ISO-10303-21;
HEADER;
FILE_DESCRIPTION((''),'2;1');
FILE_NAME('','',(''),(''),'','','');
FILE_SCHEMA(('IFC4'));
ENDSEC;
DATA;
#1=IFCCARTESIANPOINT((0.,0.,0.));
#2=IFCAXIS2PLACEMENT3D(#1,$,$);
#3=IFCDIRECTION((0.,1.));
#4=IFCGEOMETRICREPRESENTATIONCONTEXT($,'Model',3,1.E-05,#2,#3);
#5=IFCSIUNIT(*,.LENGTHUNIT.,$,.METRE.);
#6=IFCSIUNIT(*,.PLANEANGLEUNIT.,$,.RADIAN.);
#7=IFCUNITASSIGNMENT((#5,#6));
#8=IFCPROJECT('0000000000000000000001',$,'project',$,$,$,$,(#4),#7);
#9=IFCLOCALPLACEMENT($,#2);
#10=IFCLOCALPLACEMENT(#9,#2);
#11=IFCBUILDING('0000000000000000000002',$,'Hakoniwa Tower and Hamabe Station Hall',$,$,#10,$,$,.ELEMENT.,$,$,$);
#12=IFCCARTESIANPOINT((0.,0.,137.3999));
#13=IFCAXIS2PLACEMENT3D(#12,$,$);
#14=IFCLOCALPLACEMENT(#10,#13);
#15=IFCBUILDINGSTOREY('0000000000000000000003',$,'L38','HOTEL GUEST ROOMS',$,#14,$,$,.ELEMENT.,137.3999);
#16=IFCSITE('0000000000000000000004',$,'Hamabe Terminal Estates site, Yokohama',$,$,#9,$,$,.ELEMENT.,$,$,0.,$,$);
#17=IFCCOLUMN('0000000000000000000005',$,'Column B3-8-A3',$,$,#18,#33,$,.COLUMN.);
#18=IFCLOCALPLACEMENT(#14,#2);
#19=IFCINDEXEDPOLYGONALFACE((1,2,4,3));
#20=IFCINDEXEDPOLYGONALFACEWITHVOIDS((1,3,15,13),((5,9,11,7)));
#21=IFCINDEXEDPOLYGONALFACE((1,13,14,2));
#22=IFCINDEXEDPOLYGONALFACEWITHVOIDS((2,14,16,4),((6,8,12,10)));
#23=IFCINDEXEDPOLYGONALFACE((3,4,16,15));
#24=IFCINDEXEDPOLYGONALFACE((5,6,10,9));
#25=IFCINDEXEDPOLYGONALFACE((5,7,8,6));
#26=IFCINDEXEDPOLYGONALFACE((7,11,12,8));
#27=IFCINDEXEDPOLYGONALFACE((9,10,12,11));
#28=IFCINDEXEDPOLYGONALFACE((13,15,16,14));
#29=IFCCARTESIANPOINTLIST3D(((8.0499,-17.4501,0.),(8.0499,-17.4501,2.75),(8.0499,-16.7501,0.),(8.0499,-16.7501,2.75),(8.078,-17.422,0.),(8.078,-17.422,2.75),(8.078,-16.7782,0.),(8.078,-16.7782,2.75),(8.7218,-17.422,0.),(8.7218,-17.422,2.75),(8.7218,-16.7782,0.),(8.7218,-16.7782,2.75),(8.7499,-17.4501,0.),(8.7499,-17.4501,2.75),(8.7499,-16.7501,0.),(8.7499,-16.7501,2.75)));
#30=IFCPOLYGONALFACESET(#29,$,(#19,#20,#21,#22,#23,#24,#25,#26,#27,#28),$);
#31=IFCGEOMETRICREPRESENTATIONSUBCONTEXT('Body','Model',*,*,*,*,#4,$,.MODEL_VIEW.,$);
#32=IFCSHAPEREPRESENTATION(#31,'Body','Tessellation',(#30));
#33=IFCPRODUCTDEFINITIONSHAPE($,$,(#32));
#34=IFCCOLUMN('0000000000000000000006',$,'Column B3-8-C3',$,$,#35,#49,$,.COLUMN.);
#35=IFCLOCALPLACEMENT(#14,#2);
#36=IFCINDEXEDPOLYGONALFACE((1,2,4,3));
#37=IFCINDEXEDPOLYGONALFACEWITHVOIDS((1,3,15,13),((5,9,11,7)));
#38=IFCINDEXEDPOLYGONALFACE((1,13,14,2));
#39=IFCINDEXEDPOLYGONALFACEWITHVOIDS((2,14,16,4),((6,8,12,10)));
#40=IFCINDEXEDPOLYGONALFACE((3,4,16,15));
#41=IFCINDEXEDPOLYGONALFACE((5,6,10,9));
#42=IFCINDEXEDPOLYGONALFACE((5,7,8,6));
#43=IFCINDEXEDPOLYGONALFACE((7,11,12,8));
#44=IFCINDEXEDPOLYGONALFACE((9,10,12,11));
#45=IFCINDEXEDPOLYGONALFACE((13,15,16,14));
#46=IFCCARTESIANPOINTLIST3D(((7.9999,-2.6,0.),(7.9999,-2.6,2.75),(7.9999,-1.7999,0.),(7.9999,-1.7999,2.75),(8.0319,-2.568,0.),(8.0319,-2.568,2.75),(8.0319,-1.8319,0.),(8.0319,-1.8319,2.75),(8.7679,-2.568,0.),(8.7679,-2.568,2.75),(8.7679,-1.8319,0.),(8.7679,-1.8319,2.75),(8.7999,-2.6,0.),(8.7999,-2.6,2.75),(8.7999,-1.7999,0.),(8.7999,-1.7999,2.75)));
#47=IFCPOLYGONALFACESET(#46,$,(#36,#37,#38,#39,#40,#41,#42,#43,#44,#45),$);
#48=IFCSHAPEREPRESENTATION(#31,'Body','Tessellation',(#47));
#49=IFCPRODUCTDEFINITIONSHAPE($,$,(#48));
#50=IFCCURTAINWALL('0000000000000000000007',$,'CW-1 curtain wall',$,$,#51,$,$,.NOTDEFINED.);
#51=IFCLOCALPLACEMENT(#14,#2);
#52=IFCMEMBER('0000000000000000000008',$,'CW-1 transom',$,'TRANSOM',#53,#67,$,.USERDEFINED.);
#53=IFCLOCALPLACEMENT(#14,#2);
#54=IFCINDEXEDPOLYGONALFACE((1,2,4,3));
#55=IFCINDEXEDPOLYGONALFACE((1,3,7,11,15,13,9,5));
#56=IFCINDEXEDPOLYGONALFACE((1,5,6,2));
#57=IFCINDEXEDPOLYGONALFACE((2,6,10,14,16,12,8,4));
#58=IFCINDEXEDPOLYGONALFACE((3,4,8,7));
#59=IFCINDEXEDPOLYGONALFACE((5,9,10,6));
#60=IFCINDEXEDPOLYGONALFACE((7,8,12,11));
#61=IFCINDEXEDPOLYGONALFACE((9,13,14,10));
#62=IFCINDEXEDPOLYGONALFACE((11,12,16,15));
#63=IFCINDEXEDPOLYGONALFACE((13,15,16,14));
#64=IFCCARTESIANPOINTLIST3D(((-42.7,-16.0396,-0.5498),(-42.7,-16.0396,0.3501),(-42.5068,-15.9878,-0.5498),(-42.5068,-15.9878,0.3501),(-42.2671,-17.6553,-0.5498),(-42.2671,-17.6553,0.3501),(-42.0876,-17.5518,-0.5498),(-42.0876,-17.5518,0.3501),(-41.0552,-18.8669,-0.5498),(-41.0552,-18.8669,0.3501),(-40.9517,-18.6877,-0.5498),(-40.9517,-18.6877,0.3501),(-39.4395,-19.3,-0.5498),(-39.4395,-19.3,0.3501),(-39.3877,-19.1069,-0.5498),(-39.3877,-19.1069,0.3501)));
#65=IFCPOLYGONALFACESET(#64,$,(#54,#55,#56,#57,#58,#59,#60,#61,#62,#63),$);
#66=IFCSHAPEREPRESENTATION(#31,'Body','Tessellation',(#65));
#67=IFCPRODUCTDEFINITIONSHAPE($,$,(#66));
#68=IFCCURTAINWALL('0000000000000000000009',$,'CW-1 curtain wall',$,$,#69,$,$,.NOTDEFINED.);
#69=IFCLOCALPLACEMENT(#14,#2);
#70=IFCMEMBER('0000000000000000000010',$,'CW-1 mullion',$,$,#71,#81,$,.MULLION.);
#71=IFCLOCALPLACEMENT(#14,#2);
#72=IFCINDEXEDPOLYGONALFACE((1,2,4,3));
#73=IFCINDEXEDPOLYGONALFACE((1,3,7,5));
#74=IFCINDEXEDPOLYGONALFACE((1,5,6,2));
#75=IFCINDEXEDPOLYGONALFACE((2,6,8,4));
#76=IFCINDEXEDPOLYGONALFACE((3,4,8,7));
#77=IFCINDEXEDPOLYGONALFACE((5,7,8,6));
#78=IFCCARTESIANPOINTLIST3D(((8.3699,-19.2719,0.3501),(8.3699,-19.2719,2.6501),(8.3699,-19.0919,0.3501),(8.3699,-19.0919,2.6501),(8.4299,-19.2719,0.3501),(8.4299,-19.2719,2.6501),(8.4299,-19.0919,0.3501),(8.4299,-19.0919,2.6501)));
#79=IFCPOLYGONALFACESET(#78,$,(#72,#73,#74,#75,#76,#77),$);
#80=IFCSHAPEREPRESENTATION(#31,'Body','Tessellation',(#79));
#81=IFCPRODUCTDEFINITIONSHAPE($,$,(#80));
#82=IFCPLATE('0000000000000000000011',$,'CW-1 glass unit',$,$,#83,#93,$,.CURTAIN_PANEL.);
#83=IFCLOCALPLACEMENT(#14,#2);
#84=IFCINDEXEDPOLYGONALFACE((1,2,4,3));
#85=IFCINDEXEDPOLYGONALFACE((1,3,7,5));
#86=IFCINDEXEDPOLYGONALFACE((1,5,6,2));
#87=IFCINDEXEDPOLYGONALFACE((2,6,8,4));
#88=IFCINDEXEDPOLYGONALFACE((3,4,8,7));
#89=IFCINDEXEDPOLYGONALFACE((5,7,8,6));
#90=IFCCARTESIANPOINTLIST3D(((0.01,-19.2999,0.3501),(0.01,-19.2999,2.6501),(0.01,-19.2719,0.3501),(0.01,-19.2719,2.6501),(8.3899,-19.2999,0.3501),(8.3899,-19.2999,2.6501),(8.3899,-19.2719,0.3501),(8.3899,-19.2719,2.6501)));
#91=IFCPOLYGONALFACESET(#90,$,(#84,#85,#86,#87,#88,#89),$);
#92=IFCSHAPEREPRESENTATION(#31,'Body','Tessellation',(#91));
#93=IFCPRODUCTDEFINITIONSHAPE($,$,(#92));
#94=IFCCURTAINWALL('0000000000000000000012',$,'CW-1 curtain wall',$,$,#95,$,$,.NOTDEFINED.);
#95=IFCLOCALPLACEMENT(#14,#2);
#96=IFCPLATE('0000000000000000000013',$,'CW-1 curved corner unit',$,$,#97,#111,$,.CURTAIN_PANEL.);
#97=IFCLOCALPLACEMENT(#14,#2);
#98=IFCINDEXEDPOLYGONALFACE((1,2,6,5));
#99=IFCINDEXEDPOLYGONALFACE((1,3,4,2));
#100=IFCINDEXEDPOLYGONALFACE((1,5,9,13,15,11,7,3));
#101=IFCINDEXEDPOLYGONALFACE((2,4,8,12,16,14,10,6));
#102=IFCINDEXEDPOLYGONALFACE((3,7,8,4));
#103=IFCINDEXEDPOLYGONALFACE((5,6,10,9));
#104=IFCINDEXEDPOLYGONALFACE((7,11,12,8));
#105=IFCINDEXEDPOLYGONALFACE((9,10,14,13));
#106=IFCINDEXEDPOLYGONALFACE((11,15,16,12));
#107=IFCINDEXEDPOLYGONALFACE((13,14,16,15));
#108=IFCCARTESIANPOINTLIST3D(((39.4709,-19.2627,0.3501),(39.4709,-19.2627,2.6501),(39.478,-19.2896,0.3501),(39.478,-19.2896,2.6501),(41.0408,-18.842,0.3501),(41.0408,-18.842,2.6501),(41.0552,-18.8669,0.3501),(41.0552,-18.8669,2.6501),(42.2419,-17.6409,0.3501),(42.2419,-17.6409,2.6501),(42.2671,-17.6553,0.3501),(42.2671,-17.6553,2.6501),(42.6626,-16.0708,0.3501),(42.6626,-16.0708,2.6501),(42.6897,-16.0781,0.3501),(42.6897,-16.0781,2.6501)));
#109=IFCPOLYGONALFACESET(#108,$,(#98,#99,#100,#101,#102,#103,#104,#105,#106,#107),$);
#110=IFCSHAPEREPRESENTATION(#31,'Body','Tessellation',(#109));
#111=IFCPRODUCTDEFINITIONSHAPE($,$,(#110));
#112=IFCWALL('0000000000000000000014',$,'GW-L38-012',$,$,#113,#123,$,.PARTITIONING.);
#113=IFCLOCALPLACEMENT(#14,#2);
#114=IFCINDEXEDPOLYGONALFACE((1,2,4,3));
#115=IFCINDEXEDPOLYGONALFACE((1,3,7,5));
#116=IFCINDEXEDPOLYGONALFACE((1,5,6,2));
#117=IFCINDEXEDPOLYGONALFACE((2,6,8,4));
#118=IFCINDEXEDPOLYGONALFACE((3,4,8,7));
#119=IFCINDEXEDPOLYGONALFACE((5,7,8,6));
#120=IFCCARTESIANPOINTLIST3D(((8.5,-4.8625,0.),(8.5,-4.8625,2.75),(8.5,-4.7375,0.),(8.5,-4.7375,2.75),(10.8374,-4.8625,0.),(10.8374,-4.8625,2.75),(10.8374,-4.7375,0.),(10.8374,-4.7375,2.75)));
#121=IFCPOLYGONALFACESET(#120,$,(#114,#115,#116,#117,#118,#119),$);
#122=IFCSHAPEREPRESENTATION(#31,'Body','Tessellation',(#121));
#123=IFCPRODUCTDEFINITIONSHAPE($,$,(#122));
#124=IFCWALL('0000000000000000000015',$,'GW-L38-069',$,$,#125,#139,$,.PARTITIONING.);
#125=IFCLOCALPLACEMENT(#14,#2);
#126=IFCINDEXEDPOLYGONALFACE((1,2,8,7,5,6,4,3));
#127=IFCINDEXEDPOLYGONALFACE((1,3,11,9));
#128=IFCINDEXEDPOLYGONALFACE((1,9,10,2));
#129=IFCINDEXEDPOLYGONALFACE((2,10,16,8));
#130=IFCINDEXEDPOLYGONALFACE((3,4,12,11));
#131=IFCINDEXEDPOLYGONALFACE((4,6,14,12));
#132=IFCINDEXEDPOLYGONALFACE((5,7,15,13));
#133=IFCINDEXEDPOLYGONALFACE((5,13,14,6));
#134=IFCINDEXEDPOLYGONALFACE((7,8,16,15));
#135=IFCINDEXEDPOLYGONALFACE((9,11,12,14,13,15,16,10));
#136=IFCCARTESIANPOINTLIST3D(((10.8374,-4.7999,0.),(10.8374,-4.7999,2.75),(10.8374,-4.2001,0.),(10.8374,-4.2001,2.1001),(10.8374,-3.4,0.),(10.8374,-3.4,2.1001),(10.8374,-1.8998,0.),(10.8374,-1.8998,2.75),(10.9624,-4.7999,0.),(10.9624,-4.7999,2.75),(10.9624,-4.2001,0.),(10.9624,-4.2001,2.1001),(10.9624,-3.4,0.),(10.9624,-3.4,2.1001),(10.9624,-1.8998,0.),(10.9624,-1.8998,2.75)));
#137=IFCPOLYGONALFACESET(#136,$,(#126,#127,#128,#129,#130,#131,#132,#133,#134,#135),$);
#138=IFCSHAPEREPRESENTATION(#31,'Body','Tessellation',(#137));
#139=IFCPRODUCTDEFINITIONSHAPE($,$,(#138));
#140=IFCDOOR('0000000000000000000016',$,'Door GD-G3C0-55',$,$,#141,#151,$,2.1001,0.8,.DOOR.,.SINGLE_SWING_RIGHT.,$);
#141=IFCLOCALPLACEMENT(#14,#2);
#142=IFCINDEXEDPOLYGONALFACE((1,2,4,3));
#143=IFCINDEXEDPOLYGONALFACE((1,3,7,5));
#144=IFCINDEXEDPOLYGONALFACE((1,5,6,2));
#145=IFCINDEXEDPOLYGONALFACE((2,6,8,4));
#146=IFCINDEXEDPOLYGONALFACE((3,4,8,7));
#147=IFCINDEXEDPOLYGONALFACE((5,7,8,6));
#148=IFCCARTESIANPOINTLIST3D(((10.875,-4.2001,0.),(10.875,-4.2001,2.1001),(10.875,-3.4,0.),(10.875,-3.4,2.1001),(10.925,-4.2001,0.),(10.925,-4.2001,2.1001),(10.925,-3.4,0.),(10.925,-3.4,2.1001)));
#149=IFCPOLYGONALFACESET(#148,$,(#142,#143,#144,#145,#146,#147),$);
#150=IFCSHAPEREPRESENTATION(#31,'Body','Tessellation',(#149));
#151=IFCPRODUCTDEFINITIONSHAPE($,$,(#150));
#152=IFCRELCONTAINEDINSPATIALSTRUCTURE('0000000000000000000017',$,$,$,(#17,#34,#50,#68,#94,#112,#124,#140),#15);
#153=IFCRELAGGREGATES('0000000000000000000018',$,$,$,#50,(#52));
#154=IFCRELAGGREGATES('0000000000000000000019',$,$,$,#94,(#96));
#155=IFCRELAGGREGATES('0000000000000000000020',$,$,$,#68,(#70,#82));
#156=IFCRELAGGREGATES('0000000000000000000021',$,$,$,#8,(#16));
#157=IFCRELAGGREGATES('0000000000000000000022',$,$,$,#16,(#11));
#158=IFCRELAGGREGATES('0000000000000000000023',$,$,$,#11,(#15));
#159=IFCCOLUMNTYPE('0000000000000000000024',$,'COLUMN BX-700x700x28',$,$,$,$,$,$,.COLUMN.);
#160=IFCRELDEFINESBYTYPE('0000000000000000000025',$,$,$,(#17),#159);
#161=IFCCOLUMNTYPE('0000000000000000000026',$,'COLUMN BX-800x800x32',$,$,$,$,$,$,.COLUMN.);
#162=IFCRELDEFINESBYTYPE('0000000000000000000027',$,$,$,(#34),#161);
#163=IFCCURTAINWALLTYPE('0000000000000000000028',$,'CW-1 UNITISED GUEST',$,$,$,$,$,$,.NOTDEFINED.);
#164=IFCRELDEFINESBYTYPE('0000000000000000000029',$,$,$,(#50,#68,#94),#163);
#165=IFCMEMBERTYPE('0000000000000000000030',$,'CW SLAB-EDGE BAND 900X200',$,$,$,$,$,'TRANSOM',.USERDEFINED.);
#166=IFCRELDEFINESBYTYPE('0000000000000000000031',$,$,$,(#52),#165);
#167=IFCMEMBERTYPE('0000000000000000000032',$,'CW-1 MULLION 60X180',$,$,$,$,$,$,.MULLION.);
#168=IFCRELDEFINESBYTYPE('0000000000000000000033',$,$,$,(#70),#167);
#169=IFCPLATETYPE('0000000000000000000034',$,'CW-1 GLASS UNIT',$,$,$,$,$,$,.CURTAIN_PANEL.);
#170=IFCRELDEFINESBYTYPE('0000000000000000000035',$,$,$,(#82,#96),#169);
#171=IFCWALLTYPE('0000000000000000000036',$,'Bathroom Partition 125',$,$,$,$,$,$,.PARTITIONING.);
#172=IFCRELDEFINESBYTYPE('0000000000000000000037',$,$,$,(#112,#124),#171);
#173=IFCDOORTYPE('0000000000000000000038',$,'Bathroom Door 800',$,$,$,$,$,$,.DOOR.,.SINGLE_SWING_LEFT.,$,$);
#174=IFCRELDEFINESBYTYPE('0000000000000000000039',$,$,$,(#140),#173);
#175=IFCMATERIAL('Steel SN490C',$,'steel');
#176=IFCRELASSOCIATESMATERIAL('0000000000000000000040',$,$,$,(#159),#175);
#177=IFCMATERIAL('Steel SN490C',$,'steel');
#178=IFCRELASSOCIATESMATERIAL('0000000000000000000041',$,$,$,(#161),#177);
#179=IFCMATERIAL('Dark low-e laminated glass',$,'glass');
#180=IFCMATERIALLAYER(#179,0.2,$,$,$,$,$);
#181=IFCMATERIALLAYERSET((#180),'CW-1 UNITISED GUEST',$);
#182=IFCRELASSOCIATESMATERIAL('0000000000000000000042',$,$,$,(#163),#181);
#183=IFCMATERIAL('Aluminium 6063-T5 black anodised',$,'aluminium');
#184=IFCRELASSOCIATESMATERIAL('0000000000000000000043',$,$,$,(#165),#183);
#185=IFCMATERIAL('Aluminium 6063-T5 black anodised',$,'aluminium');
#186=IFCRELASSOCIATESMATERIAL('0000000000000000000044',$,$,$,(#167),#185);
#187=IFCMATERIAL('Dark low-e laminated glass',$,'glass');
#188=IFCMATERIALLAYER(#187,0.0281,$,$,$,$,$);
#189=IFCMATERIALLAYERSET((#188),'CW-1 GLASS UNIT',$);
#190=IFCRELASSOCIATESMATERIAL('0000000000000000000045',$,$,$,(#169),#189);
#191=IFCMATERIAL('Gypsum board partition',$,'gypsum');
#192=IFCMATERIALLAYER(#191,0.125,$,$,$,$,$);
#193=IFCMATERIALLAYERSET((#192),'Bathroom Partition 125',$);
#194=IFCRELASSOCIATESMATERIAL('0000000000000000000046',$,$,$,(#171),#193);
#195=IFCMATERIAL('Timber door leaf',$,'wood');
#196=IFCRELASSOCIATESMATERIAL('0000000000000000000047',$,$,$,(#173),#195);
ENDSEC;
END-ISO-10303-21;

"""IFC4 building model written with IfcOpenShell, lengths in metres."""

from ifc_helpers import new_model, si_unit, direction, frame, frame_2d, origin, origin_2d, place, context, subcontext, project, spatial, polyline, rectangle, hollow_rectangle, outline, extrude, material, layer, layer_set, material_profile, profile_set, type_object, element, fill, aggregate, save


model = new_model("IFC4")

# Units and contexts
model_context = context("Model", 3, precision=1e-05, world=origin(), true_north=direction((0.0, 1.0)))
body_context = subcontext(model_context, "Body", "Model", "MODEL_VIEW")
ifc_project = project(units=[si_unit("LENGTHUNIT", "METRE"), si_unit("PLANEANGLEUNIT", "RADIAN")], contexts=[model_context])

# Site, building, storey
site_placement = place(None, origin())
site = spatial("IfcSite", under=ifc_project, at=site_placement, Name="Hamabe Terminal Estates site, Yokohama", CompositionType="ELEMENT", RefElevation=0.0)
building_placement = place(site_placement, origin())
building = spatial("IfcBuilding", under=site, at=building_placement, Name="Hakoniwa Tower and Hamabe Station Hall", CompositionType="ELEMENT")
storey_placement = place(building_placement, frame((0.0, 0.0, 137.3999)))
storey = spatial("IfcBuildingStorey", under=building, at=storey_placement, Name="L38", Description="HOTEL GUEST ROOMS", CompositionType="ELEMENT", Elevation=137.3999)

# Columns
ifc_material_1 = material(Name="Steel SN490C", Category="steel")
ifc_material_profile_1 = material_profile(ifc_material_1, hollow_rectangle(XDim=0.7, YDim=0.7, WallThickness=0.0281, at=origin_2d()), Name="BX-700x700x28")
ifc_profile_set_1 = profile_set([ifc_material_profile_1], Name="Steel SN490C")
column_type_1 = type_object("IfcColumnType", Name="COLUMN BX-700x700x28", PredefinedType="COLUMN", material=ifc_profile_set_1)
column_1_placement = place(storey_placement, frame((8.3999, -17.1001, 0.0), z_axis=(0.0, 0.0, 1.0), x_axis=(1.0, 0.0, 0.0)))
element("IfcColumn", 1, at=column_1_placement, inside=storey, type_object=column_type_1, Name="Column B3-8-A3", PredefinedType="COLUMN", context=body_context, shape_type="SweptSolid", body=[
    extrude(hollow_rectangle(XDim=0.7, YDim=0.7, WallThickness=0.0281, at=origin_2d()), origin(), (0.0, 0.0, 1.0), 2.75),
])
ifc_material_2 = material(Name="Steel SN490C", Category="steel")
ifc_material_profile_2 = material_profile(ifc_material_2, hollow_rectangle(XDim=0.8, YDim=0.8, WallThickness=0.032, at=origin_2d()), Name="BX-800x800x32")
ifc_profile_set_2 = profile_set([ifc_material_profile_2], Name="Steel SN490C")
column_type_2 = type_object("IfcColumnType", Name="COLUMN BX-800x800x32", PredefinedType="COLUMN", material=ifc_profile_set_2)
column_2_placement = place(storey_placement, frame((8.3999, -2.2, 0.0), z_axis=(0.0, 0.0, 1.0), x_axis=(1.0, 0.0, 0.0)))
element("IfcColumn", 2, at=column_2_placement, inside=storey, type_object=column_type_2, Name="Column B3-8-C3", PredefinedType="COLUMN", context=body_context, shape_type="SweptSolid", body=[
    extrude(hollow_rectangle(XDim=0.8, YDim=0.8, WallThickness=0.032, at=origin_2d()), origin(), (0.0, 0.0, 1.0), 2.75),
])

# Curtain wall, member
ifc_material_3 = material(Name="Dark low-e laminated glass", Category="glass")
ifc_layer_1 = layer(ifc_material_3, 0.2)
ifc_layer_set_1 = layer_set([ifc_layer_1], Name="CW-1 UNITISED GUEST")
curtain_wall_type = type_object("IfcCurtainWallType", Name="CW-1 UNITISED GUEST", PredefinedType="NOTDEFINED", material=ifc_layer_set_1)
curtain_wall_1_placement = place(storey_placement, origin())
curtain_wall_1 = element("IfcCurtainWall", 3, at=curtain_wall_1_placement, inside=storey, type_object=curtain_wall_type, Name="CW-1 curtain wall", PredefinedType="NOTDEFINED")
ifc_material_4 = material(Name="Aluminium 6063-T5 black anodised", Category="aluminium")
ifc_material_profile_3 = material_profile(ifc_material_4, rectangle(XDim=0.2, YDim=0.8999, at=origin_2d()), Name="CW SLAB-EDGE BAND 900X200")
ifc_profile_set_3 = profile_set([ifc_material_profile_3], Name="Aluminium 6063-T5 black anodised")
member_type_1 = type_object("IfcMemberType", Name="CW SLAB-EDGE BAND 900X200", ElementType="TRANSOM", PredefinedType="USERDEFINED", material=ifc_profile_set_3)
member_1_placement = place(storey_placement, frame((0.0, 0.0, -0.5498)))
member_1 = element("IfcMember", 4, at=member_1_placement, type_object=member_type_1, Name="CW-1 transom", ObjectType="TRANSOM", PredefinedType="USERDEFINED", context=body_context, shape_type="SweptSolid", body=[
    extrude(outline(polyline([(-42.7, -16.0396), (-42.2671, -17.6553), (-41.0552, -18.8669), (-39.4395, -19.3), (-39.3877, -19.1069), (-40.9517, -18.6877), (-42.0876, -17.5518), (-42.5068, -15.9878), (-42.7, -16.0396)])), origin(), (0.0, 0.0, 1.0), 0.8999),
])
aggregate(curtain_wall_1, [member_1])

# Curtain wall, member, plate
curtain_wall_2_placement = place(storey_placement, origin())
curtain_wall_2 = element("IfcCurtainWall", 5, at=curtain_wall_2_placement, inside=storey, type_object=curtain_wall_type, Name="CW-1 curtain wall", PredefinedType="NOTDEFINED")
ifc_material_5 = material(Name="Aluminium 6063-T5 black anodised", Category="aluminium")
ifc_material_profile_4 = material_profile(ifc_material_5, rectangle(XDim=0.0601, YDim=0.1799, at=origin_2d()), Name="CW-1 MULLION 60X180")
ifc_profile_set_4 = profile_set([ifc_material_profile_4], Name="Aluminium 6063-T5 black anodised")
member_type_2 = type_object("IfcMemberType", Name="CW-1 MULLION 60X180", PredefinedType="MULLION", material=ifc_profile_set_4)
member_2_placement = place(storey_placement, frame((8.3999, -19.1819, 0.3501), z_axis=(0.0, 0.0, 1.0), x_axis=(1.0, 0.0, 0.0)))
member_2 = element("IfcMember", 6, at=member_2_placement, type_object=member_type_2, Name="CW-1 mullion", PredefinedType="MULLION", context=body_context, shape_type="SweptSolid", body=[
    extrude(rectangle(XDim=0.0601, YDim=0.1799, at=origin_2d()), origin(), (0.0, 0.0, 1.0), 2.3),
])
ifc_material_6 = material(Name="Dark low-e laminated glass", Category="glass")
ifc_layer_2 = layer(ifc_material_6, 0.0281)
ifc_layer_set_2 = layer_set([ifc_layer_2], Name="CW-1 GLASS UNIT")
plate_type = type_object("IfcPlateType", Name="CW-1 GLASS UNIT", PredefinedType="CURTAIN_PANEL", material=ifc_layer_set_2)
plate_1_placement = place(storey_placement, frame((4.2, -19.2859, 0.3501), z_axis=(0.0, 0.0, 1.0), x_axis=(1.0, 0.0, 0.0)))
plate_1 = element("IfcPlate", 7, at=plate_1_placement, type_object=plate_type, Name="CW-1 glass unit", PredefinedType="CURTAIN_PANEL", context=body_context, shape_type="SweptSolid", body=[
    extrude(rectangle(XDim=8.3799, YDim=0.0281, at=origin_2d()), origin(), (0.0, 0.0, 1.0), 2.3),
])

# Curtain wall, plate
curtain_wall_3_placement = place(storey_placement, origin())
curtain_wall_3 = element("IfcCurtainWall", 8, at=curtain_wall_3_placement, inside=storey, type_object=curtain_wall_type, Name="CW-1 curtain wall", PredefinedType="NOTDEFINED")
plate_2_placement = place(storey_placement, frame((0.0, 0.0, 0.3501)))
plate_2 = element("IfcPlate", 9, at=plate_2_placement, type_object=plate_type, Name="CW-1 curved corner unit", PredefinedType="CURTAIN_PANEL", context=body_context, shape_type="SweptSolid", body=[
    extrude(outline(polyline([(39.478, -19.2896), (41.0552, -18.8669), (42.2671, -17.6553), (42.6897, -16.0781), (42.6626, -16.0708), (42.2419, -17.6409), (41.0408, -18.842), (39.4709, -19.2627), (39.478, -19.2896)])), origin(), (0.0, 0.0, 1.0), 2.3),
])
aggregate(curtain_wall_3, [plate_2])

# Wall
ifc_material_7 = material(Name="Gypsum board partition", Category="gypsum")
ifc_layer_3 = layer(ifc_material_7, 0.125)
ifc_layer_set_3 = layer_set([ifc_layer_3], Name="Bathroom Partition 125")
wall_type_1 = type_object("IfcWallType", Name="Bathroom Partition 125", PredefinedType="PARTITIONING", material=ifc_layer_set_3)
wall_1_placement = place(storey_placement, frame((8.5, -4.8, 0.0), z_axis=(0.0, 0.0, 1.0), x_axis=(1.0, 0.0, 0.0)))
element("IfcWall", 10, at=wall_1_placement, inside=storey, type_object=wall_type_1, Name="GW-L38-012", PredefinedType="PARTITIONING", context=body_context, shape_type="SweptSolid", body=[
    extrude(rectangle(XDim=2.3374, YDim=0.125, at=frame_2d((1.1687, 0.0))), origin(), (0.0, 0.0, 1.0), 2.75),
])

# Wall, opening, door
wall_2_placement = place(storey_placement, frame((10.8999, -4.8, 0.0), z_axis=(0.0, 0.0, 1.0), x_axis=(0.0, 1.0, 0.0)))
wall_2 = element("IfcWall", 11, at=wall_2_placement, inside=storey, type_object=wall_type_1, Name="GW-L38-069", PredefinedType="PARTITIONING", context=body_context, shape_type="SweptSolid", body=[
    extrude(rectangle(XDim=2.9001, YDim=0.125, at=frame_2d((1.4502, 0.0))), origin(), (0.0, 0.0, 1.0), 2.75),
])
opening_1_placement = place(wall_2_placement, frame((0.6001, 0.0, 0.0)))
opening_1 = element("IfcOpeningElement", 12, at=opening_1_placement, cuts=wall_2, PredefinedType="OPENING", context=body_context, shape_type="SweptSolid", body=[
    extrude(rectangle(XDim=0.8, YDim=2.1001, at=frame_2d((0.3999, 1.05))), frame((0.0, 0.0725, 0.0), z_axis=(0.0, -1.0, 0.0), x_axis=(1.0, 0.0, 0.0)), (0.0, 0.0, 1.0), 0.145),
])
ifc_material_8 = material(Name="Timber door leaf", Category="wood")
door_type_1 = type_object("IfcDoorType", Name="Bathroom Door 800", OperationType="SINGLE_SWING_LEFT", PredefinedType="DOOR", material=ifc_material_8)
door_1_placement = place(opening_1_placement, origin())
door_1 = element("IfcDoor", 13, at=door_1_placement, inside=storey, type_object=door_type_1, Name="Door GD-G3C0-55", OperationType="SINGLE_SWING_RIGHT", OverallHeight=2.1001, OverallWidth=0.8, PredefinedType="DOOR", context=body_context, shape_type="SweptSolid", body=[
    extrude(rectangle(XDim=0.8, YDim=2.1001, at=frame_2d((0.3999, 1.05))), frame((0.0, 0.0249, 0.0), z_axis=(0.0, -1.0, 0.0), x_axis=(1.0, 0.0, 0.0)), (0.0, 0.0, 1.0), 0.05),
])
fill(opening_1, door_1)
aggregate(curtain_wall_2, [member_2, plate_1])

save(model, "model.ifc")
